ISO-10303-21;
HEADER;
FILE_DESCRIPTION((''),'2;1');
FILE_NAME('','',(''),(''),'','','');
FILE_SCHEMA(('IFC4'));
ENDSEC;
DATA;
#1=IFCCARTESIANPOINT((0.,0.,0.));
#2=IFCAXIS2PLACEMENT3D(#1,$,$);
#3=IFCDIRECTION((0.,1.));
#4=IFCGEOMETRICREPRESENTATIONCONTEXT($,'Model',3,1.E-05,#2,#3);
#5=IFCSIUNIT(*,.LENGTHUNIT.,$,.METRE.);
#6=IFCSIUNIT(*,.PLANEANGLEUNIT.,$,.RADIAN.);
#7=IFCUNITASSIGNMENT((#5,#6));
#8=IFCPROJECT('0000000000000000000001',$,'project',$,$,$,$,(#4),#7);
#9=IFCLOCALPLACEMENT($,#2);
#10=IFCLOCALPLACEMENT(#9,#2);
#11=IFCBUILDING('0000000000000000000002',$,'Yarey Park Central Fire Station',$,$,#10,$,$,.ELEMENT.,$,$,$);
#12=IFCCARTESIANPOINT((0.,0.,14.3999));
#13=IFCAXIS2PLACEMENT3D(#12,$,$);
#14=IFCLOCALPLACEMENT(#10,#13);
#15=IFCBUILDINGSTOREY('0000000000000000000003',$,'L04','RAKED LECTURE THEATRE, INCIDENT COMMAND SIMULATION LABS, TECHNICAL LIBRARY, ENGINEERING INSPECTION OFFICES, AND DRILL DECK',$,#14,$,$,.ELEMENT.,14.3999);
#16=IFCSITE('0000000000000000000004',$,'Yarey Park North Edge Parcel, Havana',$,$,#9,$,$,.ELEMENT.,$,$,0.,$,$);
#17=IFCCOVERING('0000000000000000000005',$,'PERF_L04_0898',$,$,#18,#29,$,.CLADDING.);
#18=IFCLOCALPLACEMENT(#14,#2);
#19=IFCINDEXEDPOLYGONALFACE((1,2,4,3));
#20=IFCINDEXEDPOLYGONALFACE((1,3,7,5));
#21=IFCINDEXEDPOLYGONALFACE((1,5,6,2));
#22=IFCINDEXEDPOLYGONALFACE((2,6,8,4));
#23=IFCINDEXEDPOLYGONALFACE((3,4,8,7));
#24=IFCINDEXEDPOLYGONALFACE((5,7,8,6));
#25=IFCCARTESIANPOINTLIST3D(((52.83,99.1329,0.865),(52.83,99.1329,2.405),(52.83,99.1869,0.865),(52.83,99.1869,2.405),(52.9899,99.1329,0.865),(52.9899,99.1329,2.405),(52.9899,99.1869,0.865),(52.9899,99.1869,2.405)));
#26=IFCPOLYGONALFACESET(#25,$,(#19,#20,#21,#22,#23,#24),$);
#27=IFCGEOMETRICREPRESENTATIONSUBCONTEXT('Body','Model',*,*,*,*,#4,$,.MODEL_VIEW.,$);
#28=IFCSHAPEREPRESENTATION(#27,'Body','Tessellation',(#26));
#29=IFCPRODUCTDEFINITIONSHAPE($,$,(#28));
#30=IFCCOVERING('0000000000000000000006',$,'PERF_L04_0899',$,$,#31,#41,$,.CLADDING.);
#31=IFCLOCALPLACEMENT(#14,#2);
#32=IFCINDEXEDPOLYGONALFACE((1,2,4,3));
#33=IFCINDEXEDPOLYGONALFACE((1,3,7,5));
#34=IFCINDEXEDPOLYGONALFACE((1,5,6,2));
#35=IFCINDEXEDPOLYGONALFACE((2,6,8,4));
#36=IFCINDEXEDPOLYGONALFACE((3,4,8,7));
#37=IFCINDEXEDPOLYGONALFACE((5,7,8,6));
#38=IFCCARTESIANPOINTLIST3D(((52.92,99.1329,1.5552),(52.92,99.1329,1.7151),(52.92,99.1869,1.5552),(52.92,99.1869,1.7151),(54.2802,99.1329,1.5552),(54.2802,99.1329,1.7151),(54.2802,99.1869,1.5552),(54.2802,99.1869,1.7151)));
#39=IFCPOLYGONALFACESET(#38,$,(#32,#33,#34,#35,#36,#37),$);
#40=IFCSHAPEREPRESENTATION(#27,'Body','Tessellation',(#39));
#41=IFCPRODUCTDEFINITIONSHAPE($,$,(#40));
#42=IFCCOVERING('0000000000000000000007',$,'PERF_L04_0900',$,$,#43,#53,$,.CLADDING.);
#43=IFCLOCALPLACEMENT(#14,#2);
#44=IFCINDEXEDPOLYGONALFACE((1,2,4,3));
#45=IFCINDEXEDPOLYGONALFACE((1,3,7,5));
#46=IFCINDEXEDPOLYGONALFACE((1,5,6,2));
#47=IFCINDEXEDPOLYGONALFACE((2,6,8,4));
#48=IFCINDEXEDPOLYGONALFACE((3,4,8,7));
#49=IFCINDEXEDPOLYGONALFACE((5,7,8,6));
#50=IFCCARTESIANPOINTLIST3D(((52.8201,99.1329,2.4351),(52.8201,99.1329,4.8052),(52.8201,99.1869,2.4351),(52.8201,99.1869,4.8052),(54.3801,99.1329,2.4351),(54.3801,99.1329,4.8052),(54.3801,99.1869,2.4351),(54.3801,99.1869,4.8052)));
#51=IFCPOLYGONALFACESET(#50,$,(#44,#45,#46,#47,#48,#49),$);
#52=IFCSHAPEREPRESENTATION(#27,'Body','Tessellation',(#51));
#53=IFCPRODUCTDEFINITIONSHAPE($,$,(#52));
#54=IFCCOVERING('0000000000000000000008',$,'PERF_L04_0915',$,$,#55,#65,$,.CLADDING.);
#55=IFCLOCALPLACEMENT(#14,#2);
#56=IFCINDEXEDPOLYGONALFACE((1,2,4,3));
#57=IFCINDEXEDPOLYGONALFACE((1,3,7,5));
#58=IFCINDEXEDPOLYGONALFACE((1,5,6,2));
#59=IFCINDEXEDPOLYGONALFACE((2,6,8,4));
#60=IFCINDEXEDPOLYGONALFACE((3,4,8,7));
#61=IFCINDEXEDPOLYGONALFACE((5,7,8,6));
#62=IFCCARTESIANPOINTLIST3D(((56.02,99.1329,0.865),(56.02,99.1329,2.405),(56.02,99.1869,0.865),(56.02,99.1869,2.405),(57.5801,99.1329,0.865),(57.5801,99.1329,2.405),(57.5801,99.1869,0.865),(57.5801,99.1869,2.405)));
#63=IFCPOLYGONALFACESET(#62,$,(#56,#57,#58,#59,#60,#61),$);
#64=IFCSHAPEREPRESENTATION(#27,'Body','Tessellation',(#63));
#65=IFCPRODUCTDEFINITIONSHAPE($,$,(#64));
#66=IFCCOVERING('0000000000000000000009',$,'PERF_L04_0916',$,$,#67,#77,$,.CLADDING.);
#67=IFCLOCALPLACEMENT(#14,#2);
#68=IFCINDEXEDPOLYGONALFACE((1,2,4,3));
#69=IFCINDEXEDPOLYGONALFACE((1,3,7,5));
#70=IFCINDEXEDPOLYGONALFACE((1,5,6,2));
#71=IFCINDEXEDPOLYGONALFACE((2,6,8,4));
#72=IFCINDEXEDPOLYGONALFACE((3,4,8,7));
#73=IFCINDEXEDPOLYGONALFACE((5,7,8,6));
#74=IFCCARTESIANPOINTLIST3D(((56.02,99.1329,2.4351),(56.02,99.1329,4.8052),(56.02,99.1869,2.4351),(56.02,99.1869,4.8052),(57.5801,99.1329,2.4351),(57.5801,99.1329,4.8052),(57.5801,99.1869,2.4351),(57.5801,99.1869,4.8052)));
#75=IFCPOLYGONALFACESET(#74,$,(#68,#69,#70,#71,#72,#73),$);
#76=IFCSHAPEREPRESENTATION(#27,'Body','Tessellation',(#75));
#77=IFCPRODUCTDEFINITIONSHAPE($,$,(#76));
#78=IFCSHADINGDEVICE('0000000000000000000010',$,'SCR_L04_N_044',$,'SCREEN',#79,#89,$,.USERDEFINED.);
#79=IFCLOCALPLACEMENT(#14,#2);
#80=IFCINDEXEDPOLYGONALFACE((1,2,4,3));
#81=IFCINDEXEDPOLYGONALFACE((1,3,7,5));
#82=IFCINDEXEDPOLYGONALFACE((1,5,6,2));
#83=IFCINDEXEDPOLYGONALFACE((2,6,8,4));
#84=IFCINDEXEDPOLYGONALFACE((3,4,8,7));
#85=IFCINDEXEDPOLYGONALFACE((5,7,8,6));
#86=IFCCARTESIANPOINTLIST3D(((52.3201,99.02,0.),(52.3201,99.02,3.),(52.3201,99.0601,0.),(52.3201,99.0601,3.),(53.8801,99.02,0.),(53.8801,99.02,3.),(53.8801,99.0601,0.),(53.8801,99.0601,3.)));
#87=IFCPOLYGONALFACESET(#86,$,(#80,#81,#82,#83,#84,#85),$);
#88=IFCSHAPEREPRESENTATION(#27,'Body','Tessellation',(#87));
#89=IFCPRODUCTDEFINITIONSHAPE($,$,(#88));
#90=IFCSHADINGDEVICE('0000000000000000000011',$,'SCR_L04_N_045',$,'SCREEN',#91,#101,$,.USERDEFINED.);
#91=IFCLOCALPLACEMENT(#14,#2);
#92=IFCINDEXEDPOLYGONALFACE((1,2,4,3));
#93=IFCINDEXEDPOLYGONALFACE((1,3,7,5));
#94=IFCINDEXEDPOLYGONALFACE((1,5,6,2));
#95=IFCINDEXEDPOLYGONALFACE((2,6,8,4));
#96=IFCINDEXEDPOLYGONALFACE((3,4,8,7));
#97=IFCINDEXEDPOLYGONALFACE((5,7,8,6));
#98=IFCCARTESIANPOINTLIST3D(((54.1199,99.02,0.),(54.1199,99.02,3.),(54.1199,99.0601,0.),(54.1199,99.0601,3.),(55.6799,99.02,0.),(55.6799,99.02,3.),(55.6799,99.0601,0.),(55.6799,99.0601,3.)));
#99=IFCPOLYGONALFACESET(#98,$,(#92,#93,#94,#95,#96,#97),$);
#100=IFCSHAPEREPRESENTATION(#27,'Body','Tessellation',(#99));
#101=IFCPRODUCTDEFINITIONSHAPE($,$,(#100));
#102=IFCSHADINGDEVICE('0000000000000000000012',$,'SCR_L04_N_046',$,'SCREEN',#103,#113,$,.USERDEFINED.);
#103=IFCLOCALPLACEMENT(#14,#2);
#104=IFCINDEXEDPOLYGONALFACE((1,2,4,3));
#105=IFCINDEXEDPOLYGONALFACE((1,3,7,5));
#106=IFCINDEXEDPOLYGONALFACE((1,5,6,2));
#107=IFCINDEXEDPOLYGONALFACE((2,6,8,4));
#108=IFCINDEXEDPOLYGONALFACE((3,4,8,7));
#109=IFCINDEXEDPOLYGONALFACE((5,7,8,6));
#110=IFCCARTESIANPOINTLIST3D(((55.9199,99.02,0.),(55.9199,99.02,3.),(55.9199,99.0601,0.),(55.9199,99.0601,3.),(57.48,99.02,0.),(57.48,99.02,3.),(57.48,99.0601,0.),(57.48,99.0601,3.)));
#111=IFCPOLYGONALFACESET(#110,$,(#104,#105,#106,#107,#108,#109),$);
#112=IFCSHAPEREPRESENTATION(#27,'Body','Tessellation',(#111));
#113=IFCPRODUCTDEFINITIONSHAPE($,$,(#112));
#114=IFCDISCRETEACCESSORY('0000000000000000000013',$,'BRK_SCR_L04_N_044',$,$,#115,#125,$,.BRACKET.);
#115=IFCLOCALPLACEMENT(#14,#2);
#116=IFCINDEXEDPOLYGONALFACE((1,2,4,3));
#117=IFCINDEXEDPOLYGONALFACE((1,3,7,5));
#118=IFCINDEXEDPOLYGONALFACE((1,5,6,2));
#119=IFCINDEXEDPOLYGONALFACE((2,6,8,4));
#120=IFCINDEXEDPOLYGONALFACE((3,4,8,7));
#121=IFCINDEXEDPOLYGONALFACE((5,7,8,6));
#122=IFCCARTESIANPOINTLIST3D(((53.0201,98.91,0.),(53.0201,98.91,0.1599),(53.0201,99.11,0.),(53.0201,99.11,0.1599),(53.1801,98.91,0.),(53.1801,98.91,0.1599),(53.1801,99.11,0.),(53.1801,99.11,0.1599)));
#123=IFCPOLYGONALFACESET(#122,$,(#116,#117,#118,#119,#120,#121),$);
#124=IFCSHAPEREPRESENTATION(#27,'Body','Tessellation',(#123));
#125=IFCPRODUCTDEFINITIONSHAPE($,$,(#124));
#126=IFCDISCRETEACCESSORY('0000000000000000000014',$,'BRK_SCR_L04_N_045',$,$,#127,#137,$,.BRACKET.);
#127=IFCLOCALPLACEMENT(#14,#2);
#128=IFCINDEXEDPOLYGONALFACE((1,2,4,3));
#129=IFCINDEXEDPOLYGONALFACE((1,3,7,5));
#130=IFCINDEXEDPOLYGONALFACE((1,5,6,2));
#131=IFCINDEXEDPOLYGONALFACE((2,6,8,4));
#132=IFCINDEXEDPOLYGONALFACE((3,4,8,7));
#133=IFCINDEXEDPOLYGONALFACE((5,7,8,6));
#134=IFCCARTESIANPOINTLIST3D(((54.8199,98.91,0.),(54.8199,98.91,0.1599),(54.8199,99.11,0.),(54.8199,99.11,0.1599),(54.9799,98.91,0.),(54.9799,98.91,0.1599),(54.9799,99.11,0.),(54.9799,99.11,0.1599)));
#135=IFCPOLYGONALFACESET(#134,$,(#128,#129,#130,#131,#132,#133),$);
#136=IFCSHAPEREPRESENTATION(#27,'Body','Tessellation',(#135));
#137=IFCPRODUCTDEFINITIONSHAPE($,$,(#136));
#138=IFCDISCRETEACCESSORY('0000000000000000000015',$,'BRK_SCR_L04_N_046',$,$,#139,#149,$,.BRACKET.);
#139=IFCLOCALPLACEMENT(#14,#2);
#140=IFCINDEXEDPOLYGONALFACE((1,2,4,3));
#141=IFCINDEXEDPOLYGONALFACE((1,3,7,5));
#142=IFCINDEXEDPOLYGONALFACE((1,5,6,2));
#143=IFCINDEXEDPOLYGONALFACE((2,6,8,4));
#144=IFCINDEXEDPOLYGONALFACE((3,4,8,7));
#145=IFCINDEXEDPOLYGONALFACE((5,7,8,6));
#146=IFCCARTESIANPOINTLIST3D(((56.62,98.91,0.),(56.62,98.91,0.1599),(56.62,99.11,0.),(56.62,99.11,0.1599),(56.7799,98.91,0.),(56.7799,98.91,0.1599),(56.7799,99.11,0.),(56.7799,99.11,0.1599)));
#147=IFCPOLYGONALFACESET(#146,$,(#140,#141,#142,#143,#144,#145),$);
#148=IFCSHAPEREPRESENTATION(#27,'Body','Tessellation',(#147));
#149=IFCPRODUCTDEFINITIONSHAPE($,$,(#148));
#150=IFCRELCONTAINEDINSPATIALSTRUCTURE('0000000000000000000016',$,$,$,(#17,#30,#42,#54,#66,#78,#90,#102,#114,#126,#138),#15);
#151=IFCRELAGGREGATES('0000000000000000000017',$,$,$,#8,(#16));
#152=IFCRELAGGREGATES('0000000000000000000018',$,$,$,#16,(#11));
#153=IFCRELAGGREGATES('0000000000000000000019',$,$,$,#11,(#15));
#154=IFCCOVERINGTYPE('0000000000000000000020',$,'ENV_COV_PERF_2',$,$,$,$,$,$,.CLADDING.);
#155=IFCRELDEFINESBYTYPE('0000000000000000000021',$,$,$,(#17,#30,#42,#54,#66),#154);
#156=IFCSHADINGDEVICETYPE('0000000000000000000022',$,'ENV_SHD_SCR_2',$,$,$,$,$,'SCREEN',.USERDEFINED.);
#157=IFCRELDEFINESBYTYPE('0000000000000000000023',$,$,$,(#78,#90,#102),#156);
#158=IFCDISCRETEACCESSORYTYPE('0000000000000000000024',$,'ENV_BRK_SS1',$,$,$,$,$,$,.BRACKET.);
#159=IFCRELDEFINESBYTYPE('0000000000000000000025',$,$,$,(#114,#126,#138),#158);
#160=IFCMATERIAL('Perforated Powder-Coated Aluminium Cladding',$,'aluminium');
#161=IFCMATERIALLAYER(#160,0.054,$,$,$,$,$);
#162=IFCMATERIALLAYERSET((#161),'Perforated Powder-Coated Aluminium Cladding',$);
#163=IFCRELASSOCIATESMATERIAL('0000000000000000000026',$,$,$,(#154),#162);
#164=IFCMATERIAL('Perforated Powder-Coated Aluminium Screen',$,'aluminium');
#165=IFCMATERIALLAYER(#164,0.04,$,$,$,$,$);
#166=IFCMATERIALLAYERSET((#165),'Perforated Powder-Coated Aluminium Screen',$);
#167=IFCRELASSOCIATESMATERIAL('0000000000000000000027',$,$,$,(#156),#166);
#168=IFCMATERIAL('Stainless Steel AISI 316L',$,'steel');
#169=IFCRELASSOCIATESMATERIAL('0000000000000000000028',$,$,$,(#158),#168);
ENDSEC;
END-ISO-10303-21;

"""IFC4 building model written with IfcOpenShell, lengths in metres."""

from ifc_helpers import new_model, si_unit, direction, frame, origin, origin_2d, place, context, subcontext, project, spatial, rectangle, extrude, material, layer, layer_set, type_object, element, save


model = new_model("IFC4")

# Units and contexts
model_context = context("Model", 3, precision=1e-05, world=origin(), true_north=direction((0.0, 1.0)))
body_context = subcontext(model_context, "Body", "Model", "MODEL_VIEW")
ifc_project = project(units=[si_unit("LENGTHUNIT", "METRE"), si_unit("PLANEANGLEUNIT", "RADIAN")], contexts=[model_context])

# Site, building, storey
site_placement = place(None, origin())
site = spatial("IfcSite", under=ifc_project, at=site_placement, Name="Yarey Park North Edge Parcel, Havana", CompositionType="ELEMENT", RefElevation=0.0)
building_placement = place(site_placement, origin())
building = spatial("IfcBuilding", under=site, at=building_placement, Name="Yarey Park Central Fire Station", CompositionType="ELEMENT")
storey_placement = place(building_placement, frame((0.0, 0.0, 14.3999)))
storey = spatial("IfcBuildingStorey", under=building, at=storey_placement, Name="L04", Description="RAKED LECTURE THEATRE, INCIDENT COMMAND SIMULATION LABS, TECHNICAL LIBRARY, ENGINEERING INSPECTION OFFICES, AND DRILL DECK", CompositionType="ELEMENT", Elevation=14.3999)

# Coverings
ifc_material_1 = material(Name="Perforated Powder-Coated Aluminium Cladding", Category="aluminium")
ifc_layer_1 = layer(ifc_material_1, 0.054)
ifc_layer_set_1 = layer_set([ifc_layer_1], Name="Perforated Powder-Coated Aluminium Cladding")
covering_type_1 = type_object("IfcCoveringType", Name="ENV_COV_PERF_2", PredefinedType="CLADDING", material=ifc_layer_set_1)
covering_1_placement = place(storey_placement, frame((52.9099, 99.1599, 0.865), z_axis=(0.0, 0.0, 1.0), x_axis=(1.0, 0.0, 0.0)))
element("IfcCovering", 1, at=covering_1_placement, inside=storey, type_object=covering_type_1, Name="PERF_L04_0898", PredefinedType="CLADDING", context=body_context, shape_type="SweptSolid", body=[
    extrude(rectangle(XDim=0.1599, YDim=0.054, at=origin_2d()), origin(), (0.0, 0.0, 1.0), 1.54),
])
covering_2_placement = place(storey_placement, frame((53.6001, 99.1599, 1.5552), z_axis=(0.0, 0.0, 1.0), x_axis=(1.0, 0.0, 0.0)))
element("IfcCovering", 2, at=covering_2_placement, inside=storey, type_object=covering_type_1, Name="PERF_L04_0899", PredefinedType="CLADDING", context=body_context, shape_type="SweptSolid", body=[
    extrude(rectangle(XDim=1.3601, YDim=0.054, at=origin_2d()), origin(), (0.0, 0.0, 1.0), 0.1599),
])
covering_3_placement = place(storey_placement, frame((53.6001, 99.1599, 2.4351), z_axis=(0.0, 0.0, 1.0), x_axis=(1.0, 0.0, 0.0)))
element("IfcCovering", 3, at=covering_3_placement, inside=storey, type_object=covering_type_1, Name="PERF_L04_0900", PredefinedType="CLADDING", context=body_context, shape_type="SweptSolid", body=[
    extrude(rectangle(XDim=1.5601, YDim=0.054, at=origin_2d()), origin(), (0.0, 0.0, 1.0), 2.3701),
])
covering_4_placement = place(storey_placement, frame((56.8, 99.1599, 0.865), z_axis=(0.0, 0.0, 1.0), x_axis=(1.0, 0.0, 0.0)))
element("IfcCovering", 4, at=covering_4_placement, inside=storey, type_object=covering_type_1, Name="PERF_L04_0915", PredefinedType="CLADDING", context=body_context, shape_type="SweptSolid", body=[
    extrude(rectangle(XDim=1.5601, YDim=0.054, at=origin_2d()), origin(), (0.0, 0.0, 1.0), 1.54),
])
covering_5_placement = place(storey_placement, frame((56.8, 99.1599, 2.4351), z_axis=(0.0, 0.0, 1.0), x_axis=(1.0, 0.0, 0.0)))
element("IfcCovering", 5, at=covering_5_placement, inside=storey, type_object=covering_type_1, Name="PERF_L04_0916", PredefinedType="CLADDING", context=body_context, shape_type="SweptSolid", body=[
    extrude(rectangle(XDim=1.5601, YDim=0.054, at=origin_2d()), origin(), (0.0, 0.0, 1.0), 2.3701),
])

# Shading devices
ifc_material_2 = material(Name="Perforated Powder-Coated Aluminium Screen", Category="aluminium")
ifc_layer_2 = layer(ifc_material_2, 0.04)
ifc_layer_set_2 = layer_set([ifc_layer_2], Name="Perforated Powder-Coated Aluminium Screen")
shading_device_type = type_object("IfcShadingDeviceType", Name="ENV_SHD_SCR_2", ElementType="SCREEN", PredefinedType="USERDEFINED", material=ifc_layer_set_2)
for number, where, z_axis, x_axis, name in (
    (6, (53.1001, 99.04, 0.0), (0.0, 0.0, 1.0), (1.0, 0.0, 0.0), "SCR_L04_N_044"),
    (7, (54.8999, 99.04, 0.0), (0.0, 0.0, 1.0), (1.0, 0.0, 0.0), "SCR_L04_N_045"),
    (8, (56.7, 99.04, 0.0), (0.0, 0.0, 1.0), (1.0, 0.0, 0.0), "SCR_L04_N_046"),
):
    element("IfcShadingDevice", number, at=place(storey_placement, frame(where, z_axis=z_axis, x_axis=x_axis)), inside=storey, type_object=shading_device_type, Name=name, ObjectType="SCREEN", PredefinedType="USERDEFINED", context=body_context, shape_type="SweptSolid", body=[
        extrude(rectangle(XDim=1.5601, YDim=0.04, at=origin_2d()), origin(), (0.0, 0.0, 1.0), 3.0),
    ])

# Discrete accessories
ifc_material_3 = material(Name="Stainless Steel AISI 316L", Category="steel")
discrete_accessory_type = type_object("IfcDiscreteAccessoryType", Name="ENV_BRK_SS1", PredefinedType="BRACKET", material=ifc_material_3)
for number, where, z_axis, x_axis, name in (
    (9, (53.1001, 99.01, 0.0), (0.0, 0.0, 1.0), (1.0, 0.0, 0.0), "BRK_SCR_L04_N_044"),
    (10, (54.8999, 99.01, 0.0), (0.0, 0.0, 1.0), (1.0, 0.0, 0.0), "BRK_SCR_L04_N_045"),
    (11, (56.7, 99.01, 0.0), (0.0, 0.0, 1.0), (1.0, 0.0, 0.0), "BRK_SCR_L04_N_046"),
):
    element("IfcDiscreteAccessory", number, at=place(storey_placement, frame(where, z_axis=z_axis, x_axis=x_axis)), inside=storey, type_object=discrete_accessory_type, Name=name, PredefinedType="BRACKET", context=body_context, shape_type="SweptSolid", body=[
        extrude(rectangle(XDim=0.1599, YDim=0.2, at=origin_2d()), origin(), (0.0, 0.0, 1.0), 0.1599),
    ])

save(model, "model.ifc")
